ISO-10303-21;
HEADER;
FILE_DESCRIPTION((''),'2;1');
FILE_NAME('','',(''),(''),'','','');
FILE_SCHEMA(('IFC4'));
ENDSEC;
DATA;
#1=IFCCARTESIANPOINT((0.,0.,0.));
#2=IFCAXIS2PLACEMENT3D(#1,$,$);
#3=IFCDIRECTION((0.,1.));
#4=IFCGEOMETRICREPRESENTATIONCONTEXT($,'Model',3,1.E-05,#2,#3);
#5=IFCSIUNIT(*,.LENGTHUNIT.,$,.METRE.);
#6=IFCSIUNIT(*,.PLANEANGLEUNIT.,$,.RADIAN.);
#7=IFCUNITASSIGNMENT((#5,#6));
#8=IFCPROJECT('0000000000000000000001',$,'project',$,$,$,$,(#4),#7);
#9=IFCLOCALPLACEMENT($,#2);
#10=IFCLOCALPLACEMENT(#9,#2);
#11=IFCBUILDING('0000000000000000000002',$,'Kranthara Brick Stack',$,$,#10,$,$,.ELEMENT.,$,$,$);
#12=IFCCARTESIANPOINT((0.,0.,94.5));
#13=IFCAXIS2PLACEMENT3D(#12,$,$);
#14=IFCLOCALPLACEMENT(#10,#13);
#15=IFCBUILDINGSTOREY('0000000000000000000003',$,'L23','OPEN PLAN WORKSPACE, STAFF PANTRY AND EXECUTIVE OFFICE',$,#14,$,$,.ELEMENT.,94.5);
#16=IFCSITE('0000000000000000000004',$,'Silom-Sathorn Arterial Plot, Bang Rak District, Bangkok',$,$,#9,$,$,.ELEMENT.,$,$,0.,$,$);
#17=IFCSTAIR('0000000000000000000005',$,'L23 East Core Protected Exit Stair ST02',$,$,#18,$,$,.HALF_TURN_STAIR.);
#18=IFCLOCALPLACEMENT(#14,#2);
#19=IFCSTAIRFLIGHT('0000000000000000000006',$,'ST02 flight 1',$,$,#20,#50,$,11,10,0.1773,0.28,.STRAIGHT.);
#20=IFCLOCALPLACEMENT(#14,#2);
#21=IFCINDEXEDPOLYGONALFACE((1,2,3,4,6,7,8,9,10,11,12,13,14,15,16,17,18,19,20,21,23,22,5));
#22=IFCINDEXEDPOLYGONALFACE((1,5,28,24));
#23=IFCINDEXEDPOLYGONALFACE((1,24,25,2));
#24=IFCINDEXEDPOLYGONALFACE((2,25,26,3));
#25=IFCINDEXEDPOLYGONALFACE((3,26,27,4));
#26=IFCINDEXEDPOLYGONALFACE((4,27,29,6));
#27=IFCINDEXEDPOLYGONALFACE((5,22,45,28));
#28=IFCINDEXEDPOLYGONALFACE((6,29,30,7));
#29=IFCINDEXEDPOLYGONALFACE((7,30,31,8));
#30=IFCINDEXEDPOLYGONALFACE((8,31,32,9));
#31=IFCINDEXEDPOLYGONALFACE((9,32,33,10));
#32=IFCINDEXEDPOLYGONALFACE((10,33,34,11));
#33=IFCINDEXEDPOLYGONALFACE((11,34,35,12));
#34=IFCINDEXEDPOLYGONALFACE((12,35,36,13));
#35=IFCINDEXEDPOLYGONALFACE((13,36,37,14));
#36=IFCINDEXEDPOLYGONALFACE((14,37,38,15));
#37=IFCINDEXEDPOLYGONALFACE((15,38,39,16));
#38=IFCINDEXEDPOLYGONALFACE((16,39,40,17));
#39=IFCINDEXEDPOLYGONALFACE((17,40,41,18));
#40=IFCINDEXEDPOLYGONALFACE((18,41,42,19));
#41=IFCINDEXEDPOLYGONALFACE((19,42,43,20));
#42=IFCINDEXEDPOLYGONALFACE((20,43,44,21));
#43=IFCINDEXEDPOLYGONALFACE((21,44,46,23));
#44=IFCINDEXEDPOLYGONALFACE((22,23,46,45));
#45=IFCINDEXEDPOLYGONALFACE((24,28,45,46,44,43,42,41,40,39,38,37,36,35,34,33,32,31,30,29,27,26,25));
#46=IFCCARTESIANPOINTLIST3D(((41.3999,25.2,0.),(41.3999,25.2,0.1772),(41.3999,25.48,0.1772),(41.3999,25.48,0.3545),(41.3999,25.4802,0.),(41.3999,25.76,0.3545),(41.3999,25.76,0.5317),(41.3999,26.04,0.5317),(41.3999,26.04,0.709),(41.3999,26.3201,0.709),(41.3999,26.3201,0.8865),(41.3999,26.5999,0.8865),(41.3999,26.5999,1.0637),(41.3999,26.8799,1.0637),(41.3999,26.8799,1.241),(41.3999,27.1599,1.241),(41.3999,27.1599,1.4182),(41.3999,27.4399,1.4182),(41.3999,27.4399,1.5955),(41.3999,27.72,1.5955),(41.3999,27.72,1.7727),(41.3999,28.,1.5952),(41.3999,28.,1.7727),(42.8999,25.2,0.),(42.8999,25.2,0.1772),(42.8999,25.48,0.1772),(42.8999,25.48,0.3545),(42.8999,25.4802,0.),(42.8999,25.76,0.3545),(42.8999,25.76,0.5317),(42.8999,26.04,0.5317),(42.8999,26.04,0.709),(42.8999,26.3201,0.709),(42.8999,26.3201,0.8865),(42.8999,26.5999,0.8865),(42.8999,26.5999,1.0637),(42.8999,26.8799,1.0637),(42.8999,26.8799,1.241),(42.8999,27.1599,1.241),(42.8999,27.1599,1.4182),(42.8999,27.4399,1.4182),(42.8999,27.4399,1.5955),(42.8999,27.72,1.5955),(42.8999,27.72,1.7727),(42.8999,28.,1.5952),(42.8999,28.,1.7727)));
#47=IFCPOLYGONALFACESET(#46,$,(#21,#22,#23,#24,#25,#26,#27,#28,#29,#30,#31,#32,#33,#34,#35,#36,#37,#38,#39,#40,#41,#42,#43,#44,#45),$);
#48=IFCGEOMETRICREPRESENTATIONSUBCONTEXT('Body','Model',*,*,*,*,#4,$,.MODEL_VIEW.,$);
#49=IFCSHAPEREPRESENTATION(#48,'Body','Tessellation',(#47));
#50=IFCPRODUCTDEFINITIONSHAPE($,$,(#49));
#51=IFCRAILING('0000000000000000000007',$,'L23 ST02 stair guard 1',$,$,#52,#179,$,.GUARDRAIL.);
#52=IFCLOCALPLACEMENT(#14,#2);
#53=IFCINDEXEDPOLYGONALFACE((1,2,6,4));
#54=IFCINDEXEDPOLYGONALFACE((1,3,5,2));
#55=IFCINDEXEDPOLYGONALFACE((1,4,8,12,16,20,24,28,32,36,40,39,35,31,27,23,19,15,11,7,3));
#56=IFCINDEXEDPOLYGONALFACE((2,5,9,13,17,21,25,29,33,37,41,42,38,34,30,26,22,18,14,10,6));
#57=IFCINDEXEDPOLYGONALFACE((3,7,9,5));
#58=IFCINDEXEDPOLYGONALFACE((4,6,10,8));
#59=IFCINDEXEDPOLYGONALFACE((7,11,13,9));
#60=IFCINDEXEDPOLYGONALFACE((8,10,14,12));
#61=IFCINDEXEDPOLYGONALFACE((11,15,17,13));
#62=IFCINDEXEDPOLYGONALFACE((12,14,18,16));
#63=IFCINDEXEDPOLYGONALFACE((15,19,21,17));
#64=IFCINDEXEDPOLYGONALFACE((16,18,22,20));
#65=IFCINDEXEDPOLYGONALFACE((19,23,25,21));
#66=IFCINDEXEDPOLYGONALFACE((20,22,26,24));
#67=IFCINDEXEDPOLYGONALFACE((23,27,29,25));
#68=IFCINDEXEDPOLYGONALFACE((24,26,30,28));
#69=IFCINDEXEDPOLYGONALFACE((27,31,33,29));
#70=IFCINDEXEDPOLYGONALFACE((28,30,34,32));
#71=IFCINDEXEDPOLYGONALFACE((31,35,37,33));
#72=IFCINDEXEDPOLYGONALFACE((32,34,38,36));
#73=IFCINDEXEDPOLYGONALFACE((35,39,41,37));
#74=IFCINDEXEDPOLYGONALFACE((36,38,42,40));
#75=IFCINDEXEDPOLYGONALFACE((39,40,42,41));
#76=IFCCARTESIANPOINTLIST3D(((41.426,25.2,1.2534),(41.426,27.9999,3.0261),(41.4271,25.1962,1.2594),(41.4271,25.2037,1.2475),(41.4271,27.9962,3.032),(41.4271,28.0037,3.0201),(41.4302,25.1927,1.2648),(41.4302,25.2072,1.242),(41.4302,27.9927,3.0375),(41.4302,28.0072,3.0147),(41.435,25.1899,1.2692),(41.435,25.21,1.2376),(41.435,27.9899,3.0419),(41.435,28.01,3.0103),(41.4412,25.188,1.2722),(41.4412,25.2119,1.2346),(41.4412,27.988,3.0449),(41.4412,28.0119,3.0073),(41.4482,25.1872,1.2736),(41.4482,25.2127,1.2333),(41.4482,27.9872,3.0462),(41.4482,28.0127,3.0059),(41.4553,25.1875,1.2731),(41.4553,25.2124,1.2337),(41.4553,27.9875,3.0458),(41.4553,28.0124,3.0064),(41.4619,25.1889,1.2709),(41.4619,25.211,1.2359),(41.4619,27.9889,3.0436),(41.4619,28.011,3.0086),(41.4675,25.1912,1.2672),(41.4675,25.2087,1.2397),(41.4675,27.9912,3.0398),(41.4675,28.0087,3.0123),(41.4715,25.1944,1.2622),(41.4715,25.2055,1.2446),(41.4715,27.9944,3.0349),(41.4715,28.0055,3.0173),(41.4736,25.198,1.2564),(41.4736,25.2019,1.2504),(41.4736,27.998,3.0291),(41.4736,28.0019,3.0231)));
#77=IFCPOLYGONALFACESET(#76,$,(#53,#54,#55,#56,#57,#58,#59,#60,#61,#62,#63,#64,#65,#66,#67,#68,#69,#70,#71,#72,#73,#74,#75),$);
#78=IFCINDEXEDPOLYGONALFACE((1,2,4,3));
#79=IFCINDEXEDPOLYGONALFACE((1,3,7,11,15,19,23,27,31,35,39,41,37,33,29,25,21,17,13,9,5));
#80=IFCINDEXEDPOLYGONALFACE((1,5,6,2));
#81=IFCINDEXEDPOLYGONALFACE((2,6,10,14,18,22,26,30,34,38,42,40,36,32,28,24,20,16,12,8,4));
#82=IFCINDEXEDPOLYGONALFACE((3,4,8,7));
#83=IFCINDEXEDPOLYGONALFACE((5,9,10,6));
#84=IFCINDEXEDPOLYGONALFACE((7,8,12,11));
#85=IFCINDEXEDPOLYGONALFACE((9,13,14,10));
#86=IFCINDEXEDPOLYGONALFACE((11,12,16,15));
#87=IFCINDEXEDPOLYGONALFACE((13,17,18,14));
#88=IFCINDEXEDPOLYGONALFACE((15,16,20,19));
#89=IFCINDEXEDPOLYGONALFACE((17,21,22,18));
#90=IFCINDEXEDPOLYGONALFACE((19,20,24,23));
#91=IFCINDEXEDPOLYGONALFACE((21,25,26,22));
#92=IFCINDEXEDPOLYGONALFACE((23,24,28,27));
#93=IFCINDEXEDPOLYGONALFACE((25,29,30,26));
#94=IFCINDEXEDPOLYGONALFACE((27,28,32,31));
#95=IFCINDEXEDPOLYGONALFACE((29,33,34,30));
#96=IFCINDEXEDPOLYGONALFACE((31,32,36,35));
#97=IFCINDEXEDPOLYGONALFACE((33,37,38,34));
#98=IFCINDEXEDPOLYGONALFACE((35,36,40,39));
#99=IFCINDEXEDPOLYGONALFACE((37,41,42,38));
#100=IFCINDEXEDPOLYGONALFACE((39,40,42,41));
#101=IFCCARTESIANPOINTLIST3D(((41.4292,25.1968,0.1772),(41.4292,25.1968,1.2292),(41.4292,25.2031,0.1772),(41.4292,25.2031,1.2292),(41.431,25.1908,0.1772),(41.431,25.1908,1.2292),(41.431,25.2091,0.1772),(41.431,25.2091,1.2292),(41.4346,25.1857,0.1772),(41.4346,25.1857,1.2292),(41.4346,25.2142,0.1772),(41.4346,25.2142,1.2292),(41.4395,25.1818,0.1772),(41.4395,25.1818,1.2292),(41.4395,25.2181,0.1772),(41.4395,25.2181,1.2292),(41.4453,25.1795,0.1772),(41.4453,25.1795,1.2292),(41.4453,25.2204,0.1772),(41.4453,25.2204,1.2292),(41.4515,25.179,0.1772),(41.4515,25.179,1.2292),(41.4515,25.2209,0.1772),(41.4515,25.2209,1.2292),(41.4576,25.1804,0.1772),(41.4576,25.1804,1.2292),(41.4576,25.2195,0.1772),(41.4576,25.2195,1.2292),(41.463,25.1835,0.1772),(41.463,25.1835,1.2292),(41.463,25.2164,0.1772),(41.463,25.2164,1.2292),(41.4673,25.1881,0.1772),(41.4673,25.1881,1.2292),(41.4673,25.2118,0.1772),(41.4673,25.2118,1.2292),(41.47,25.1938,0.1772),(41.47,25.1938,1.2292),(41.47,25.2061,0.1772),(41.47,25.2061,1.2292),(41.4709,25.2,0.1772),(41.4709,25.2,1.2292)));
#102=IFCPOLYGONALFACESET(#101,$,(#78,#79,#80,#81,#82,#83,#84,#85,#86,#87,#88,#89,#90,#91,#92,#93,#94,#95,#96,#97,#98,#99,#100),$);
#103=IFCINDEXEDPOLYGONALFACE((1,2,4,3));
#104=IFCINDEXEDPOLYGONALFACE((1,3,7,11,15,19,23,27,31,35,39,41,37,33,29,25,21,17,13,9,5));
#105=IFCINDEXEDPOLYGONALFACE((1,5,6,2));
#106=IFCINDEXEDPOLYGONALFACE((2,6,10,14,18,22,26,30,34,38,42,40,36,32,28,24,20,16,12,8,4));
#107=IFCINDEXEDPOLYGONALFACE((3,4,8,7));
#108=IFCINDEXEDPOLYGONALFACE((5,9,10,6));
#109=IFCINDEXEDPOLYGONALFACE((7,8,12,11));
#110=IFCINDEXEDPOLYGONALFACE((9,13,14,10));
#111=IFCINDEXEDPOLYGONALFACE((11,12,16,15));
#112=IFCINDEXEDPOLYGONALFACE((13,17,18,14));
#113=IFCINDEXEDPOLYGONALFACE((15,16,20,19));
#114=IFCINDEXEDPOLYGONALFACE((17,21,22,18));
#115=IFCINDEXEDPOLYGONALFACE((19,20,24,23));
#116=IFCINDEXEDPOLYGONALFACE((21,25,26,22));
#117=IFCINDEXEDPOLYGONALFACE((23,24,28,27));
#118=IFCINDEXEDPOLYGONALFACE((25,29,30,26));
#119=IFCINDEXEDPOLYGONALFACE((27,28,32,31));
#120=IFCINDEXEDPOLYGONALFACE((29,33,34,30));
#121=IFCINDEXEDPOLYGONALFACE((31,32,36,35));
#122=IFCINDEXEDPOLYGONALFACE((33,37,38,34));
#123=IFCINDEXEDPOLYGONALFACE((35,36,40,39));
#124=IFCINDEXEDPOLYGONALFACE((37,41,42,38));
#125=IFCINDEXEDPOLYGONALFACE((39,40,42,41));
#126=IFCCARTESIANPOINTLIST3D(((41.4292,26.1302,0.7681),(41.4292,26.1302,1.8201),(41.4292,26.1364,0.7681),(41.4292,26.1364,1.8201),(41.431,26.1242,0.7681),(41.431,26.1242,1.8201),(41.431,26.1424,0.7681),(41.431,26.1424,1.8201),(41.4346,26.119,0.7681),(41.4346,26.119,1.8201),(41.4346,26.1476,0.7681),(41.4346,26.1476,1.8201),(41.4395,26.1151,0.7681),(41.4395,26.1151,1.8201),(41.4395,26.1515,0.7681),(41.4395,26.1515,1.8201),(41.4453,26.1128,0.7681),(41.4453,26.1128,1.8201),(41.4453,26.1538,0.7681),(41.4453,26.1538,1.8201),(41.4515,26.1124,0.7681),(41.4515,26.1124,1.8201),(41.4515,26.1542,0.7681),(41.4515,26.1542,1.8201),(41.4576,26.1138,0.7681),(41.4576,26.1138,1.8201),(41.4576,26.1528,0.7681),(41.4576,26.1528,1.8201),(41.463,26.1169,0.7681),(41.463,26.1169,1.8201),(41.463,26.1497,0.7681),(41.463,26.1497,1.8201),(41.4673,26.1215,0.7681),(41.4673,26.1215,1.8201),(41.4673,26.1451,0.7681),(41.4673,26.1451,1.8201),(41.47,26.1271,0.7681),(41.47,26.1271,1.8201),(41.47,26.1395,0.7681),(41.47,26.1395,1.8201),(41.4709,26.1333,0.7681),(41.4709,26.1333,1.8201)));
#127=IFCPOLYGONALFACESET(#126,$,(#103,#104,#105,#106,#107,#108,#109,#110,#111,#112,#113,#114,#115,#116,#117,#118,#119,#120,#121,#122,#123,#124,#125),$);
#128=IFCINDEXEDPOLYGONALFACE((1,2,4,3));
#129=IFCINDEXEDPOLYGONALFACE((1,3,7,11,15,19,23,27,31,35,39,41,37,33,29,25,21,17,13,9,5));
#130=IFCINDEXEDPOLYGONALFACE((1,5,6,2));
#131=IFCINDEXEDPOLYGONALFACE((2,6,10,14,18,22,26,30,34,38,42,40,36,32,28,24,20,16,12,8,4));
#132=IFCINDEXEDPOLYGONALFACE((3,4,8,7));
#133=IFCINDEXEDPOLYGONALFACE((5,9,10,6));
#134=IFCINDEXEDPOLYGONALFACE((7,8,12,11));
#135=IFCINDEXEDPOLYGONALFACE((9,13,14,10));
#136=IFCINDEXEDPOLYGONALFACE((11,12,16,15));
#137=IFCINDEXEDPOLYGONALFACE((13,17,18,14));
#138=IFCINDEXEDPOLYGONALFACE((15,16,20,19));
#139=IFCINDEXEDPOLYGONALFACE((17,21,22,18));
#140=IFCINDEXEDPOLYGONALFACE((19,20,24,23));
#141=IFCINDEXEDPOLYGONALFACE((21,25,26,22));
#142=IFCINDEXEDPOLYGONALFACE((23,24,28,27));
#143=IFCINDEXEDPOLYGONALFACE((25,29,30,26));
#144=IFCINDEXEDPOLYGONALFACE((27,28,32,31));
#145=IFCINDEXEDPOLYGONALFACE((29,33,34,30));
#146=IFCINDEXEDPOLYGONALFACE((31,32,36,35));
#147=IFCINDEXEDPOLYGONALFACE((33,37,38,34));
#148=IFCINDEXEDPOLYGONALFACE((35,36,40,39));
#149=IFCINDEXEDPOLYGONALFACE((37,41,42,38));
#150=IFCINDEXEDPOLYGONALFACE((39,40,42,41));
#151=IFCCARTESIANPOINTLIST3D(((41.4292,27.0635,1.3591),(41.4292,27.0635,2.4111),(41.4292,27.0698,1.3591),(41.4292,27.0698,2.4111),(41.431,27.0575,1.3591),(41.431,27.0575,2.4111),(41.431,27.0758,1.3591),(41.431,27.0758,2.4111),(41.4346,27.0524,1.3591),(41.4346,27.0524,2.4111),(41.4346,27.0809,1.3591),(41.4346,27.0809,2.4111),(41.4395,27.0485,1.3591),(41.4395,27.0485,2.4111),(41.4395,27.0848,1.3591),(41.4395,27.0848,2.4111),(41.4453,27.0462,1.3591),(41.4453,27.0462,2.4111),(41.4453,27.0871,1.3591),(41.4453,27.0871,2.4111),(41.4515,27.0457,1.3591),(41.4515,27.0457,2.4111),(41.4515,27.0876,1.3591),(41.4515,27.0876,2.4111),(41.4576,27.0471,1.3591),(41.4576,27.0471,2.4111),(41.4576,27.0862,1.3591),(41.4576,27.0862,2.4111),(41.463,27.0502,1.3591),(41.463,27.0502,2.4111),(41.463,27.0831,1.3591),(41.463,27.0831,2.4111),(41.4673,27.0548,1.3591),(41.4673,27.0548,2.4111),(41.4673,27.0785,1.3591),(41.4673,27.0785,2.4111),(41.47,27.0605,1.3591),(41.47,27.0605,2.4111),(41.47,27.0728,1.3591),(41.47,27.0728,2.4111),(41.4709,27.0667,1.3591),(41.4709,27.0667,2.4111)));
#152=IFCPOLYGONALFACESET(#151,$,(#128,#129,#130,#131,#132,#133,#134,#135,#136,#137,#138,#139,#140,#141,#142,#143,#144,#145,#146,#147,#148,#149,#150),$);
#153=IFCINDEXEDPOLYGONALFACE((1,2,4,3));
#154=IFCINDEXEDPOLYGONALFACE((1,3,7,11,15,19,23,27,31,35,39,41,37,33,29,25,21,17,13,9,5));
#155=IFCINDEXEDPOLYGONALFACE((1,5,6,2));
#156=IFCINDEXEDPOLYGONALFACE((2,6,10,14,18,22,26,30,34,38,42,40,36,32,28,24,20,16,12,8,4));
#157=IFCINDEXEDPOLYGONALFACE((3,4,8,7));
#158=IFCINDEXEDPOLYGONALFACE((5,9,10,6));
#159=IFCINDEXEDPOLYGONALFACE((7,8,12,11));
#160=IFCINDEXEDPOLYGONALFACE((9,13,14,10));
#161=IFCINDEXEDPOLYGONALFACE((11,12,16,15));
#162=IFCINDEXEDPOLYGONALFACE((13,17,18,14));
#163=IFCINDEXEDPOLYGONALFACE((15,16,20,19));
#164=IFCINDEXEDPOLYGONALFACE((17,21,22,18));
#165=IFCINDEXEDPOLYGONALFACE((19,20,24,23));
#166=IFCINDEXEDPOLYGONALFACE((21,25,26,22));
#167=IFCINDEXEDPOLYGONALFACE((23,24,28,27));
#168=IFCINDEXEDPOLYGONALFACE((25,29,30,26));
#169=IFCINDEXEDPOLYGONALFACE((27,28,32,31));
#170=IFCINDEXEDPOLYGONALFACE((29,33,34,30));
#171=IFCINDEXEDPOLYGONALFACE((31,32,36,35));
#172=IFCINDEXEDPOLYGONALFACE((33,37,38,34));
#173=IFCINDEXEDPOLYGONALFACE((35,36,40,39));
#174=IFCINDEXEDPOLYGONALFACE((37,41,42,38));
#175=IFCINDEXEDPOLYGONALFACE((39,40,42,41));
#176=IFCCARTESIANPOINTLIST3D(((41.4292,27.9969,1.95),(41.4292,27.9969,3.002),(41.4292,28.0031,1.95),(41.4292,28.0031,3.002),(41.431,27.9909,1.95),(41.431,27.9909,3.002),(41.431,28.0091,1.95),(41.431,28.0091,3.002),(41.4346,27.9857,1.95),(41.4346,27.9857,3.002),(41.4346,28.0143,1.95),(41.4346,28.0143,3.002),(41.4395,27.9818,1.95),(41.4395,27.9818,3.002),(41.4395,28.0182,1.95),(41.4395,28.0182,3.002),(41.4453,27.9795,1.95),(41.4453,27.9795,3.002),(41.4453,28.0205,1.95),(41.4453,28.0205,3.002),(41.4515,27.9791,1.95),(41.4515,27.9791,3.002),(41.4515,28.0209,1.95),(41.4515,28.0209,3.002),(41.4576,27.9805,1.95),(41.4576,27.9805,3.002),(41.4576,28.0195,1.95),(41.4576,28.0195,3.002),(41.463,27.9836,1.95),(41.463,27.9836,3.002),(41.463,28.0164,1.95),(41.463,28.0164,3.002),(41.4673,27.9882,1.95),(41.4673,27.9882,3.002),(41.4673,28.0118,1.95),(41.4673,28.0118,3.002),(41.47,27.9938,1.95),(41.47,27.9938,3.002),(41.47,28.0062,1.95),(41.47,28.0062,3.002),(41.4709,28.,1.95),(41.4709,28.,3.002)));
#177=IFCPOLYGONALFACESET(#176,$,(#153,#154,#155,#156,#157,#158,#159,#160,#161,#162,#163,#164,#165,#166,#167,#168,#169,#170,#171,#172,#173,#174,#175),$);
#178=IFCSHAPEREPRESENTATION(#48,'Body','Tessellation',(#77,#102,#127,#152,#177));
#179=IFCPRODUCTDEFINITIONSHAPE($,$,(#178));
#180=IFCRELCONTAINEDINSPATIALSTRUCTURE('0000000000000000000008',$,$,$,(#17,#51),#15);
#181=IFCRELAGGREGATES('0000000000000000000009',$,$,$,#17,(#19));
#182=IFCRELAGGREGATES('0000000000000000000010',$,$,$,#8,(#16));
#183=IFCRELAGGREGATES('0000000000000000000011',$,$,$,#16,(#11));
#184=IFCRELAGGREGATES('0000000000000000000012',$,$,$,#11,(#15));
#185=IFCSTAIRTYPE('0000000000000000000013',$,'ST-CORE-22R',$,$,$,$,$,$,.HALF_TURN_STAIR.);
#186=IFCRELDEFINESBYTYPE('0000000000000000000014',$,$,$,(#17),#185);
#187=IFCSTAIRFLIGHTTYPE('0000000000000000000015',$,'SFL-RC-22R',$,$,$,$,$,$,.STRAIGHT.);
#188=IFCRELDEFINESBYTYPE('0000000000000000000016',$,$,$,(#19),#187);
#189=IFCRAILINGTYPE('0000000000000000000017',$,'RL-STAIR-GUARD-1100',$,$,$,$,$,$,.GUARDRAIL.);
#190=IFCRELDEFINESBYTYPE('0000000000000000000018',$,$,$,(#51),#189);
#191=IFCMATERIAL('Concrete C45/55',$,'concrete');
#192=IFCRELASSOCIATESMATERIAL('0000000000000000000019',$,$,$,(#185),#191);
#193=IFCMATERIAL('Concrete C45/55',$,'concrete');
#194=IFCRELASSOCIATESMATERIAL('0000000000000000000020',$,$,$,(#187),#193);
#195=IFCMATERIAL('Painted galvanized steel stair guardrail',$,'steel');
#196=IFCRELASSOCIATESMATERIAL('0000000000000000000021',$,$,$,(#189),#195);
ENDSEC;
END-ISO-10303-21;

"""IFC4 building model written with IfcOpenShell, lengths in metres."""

from ifc_helpers import new_model, si_unit, direction, frame, origin, origin_2d, place, context, subcontext, project, spatial, polyline, circle, outline, extrude, material, type_object, element, aggregate, save


model = new_model("IFC4")

# Units and contexts
model_context = context("Model", 3, precision=1e-05, world=origin(), true_north=direction((0.0, 1.0)))
body_context = subcontext(model_context, "Body", "Model", "MODEL_VIEW")
ifc_project = project(units=[si_unit("LENGTHUNIT", "METRE"), si_unit("PLANEANGLEUNIT", "RADIAN")], contexts=[model_context])

# Site, building, storey
site_placement = place(None, origin())
site = spatial("IfcSite", under=ifc_project, at=site_placement, Name="Silom-Sathorn Arterial Plot, Bang Rak District, Bangkok", CompositionType="ELEMENT", RefElevation=0.0)
building_placement = place(site_placement, origin())
building = spatial("IfcBuilding", under=site, at=building_placement, Name="Kranthara Brick Stack", CompositionType="ELEMENT")
storey_placement = place(building_placement, frame((0.0, 0.0, 94.5)))
storey = spatial("IfcBuildingStorey", under=building, at=storey_placement, Name="L23", Description="OPEN PLAN WORKSPACE, STAFF PANTRY AND EXECUTIVE OFFICE", CompositionType="ELEMENT", Elevation=94.5)

# Stair, stair flight
ifc_material_1 = material(Name="Concrete C45/55", Category="concrete")
stair_type = type_object("IfcStairType", Name="ST-CORE-22R", PredefinedType="HALF_TURN_STAIR", material=ifc_material_1)
stair_placement = place(storey_placement, origin())
stair = element("IfcStair", 1, at=stair_placement, inside=storey, type_object=stair_type, Name="L23 East Core Protected Exit Stair ST02", PredefinedType="HALF_TURN_STAIR")
ifc_material_2 = material(Name="Concrete C45/55", Category="concrete")
stair_flight_type = type_object("IfcStairFlightType", Name="SFL-RC-22R", PredefinedType="STRAIGHT", material=ifc_material_2)
stair_flight_placement = place(storey_placement, frame((42.1499, 25.2, 0.0), z_axis=(0.0, 0.0, 1.0), x_axis=(0.0, 1.0, 0.0)))
stair_flight = element("IfcStairFlight", 2, at=stair_flight_placement, type_object=stair_flight_type, Name="ST02 flight 1", NumberOfRisers=11, NumberOfTreads=10, PredefinedType="STRAIGHT", RiserHeight=0.1773, TreadLength=0.28, context=body_context, shape_type="SweptSolid", body=[
    extrude(outline(polyline([(0.0, 0.0), (0.0, 0.1772), (0.28, 0.1772), (0.28, 0.3545), (0.5601, 0.3545), (0.5601, 0.5317), (0.8401, 0.5317), (0.8401, 0.709), (1.1201, 0.709), (1.1201, 0.8865), (1.3999, 0.8865), (1.3999, 1.0637), (1.6799, 1.0637), (1.6799, 1.241), (1.96, 1.241), (1.96, 1.4182), (2.24, 1.4182), (2.24, 1.5955), (2.52, 1.5955), (2.52, 1.7727), (2.8, 1.7727), (2.8, 1.95), (2.8, 1.5952), (0.2803, 0.0), (0.0, 0.0)])), frame((0.0, 0.75, 0.0), z_axis=(0.0, -1.0, 0.0), x_axis=(1.0, 0.0, 0.0)), (0.0, 0.0, 1.0), 1.5),
])
aggregate(stair, [stair_flight])

# Railing
ifc_material_3 = material(Name="Painted galvanized steel stair guardrail", Category="steel")
railing_type_1 = type_object("IfcRailingType", Name="RL-STAIR-GUARD-1100", PredefinedType="GUARDRAIL", material=ifc_material_3)
railing_1_placement = place(storey_placement, frame((41.45, 25.2, 0.1772)))
element("IfcRailing", 3, at=railing_1_placement, inside=storey, type_object=railing_type_1, Name="L23 ST02 stair guard 1", PredefinedType="GUARDRAIL", context=body_context, shape_type="SweptSolid", body=[
    extrude(circle(Radius=0.0239, at=origin_2d()), frame((0.0, 0.0, 1.0762), z_axis=(0.0, 0.844909, 0.53491), x_axis=(-1.0, 0.0, 0.0)), (0.0, 0.0, 1.0), 3.314),
    extrude(circle(Radius=0.021, at=origin_2d()), origin(), (0.0, 0.0, 1.0), 1.052),
    extrude(circle(Radius=0.021, at=origin_2d()), frame((0.0, 0.9333, 0.5908)), (0.0, 0.0, 1.0), 1.052),
    extrude(circle(Radius=0.021, at=origin_2d()), frame((0.0, 1.8667, 1.1819)), (0.0, 0.0, 1.0), 1.052),
    extrude(circle(Radius=0.021, at=origin_2d()), frame((0.0, 2.8, 1.7727)), (0.0, 0.0, 1.0), 1.052),
])

save(model, "model.ifc")
